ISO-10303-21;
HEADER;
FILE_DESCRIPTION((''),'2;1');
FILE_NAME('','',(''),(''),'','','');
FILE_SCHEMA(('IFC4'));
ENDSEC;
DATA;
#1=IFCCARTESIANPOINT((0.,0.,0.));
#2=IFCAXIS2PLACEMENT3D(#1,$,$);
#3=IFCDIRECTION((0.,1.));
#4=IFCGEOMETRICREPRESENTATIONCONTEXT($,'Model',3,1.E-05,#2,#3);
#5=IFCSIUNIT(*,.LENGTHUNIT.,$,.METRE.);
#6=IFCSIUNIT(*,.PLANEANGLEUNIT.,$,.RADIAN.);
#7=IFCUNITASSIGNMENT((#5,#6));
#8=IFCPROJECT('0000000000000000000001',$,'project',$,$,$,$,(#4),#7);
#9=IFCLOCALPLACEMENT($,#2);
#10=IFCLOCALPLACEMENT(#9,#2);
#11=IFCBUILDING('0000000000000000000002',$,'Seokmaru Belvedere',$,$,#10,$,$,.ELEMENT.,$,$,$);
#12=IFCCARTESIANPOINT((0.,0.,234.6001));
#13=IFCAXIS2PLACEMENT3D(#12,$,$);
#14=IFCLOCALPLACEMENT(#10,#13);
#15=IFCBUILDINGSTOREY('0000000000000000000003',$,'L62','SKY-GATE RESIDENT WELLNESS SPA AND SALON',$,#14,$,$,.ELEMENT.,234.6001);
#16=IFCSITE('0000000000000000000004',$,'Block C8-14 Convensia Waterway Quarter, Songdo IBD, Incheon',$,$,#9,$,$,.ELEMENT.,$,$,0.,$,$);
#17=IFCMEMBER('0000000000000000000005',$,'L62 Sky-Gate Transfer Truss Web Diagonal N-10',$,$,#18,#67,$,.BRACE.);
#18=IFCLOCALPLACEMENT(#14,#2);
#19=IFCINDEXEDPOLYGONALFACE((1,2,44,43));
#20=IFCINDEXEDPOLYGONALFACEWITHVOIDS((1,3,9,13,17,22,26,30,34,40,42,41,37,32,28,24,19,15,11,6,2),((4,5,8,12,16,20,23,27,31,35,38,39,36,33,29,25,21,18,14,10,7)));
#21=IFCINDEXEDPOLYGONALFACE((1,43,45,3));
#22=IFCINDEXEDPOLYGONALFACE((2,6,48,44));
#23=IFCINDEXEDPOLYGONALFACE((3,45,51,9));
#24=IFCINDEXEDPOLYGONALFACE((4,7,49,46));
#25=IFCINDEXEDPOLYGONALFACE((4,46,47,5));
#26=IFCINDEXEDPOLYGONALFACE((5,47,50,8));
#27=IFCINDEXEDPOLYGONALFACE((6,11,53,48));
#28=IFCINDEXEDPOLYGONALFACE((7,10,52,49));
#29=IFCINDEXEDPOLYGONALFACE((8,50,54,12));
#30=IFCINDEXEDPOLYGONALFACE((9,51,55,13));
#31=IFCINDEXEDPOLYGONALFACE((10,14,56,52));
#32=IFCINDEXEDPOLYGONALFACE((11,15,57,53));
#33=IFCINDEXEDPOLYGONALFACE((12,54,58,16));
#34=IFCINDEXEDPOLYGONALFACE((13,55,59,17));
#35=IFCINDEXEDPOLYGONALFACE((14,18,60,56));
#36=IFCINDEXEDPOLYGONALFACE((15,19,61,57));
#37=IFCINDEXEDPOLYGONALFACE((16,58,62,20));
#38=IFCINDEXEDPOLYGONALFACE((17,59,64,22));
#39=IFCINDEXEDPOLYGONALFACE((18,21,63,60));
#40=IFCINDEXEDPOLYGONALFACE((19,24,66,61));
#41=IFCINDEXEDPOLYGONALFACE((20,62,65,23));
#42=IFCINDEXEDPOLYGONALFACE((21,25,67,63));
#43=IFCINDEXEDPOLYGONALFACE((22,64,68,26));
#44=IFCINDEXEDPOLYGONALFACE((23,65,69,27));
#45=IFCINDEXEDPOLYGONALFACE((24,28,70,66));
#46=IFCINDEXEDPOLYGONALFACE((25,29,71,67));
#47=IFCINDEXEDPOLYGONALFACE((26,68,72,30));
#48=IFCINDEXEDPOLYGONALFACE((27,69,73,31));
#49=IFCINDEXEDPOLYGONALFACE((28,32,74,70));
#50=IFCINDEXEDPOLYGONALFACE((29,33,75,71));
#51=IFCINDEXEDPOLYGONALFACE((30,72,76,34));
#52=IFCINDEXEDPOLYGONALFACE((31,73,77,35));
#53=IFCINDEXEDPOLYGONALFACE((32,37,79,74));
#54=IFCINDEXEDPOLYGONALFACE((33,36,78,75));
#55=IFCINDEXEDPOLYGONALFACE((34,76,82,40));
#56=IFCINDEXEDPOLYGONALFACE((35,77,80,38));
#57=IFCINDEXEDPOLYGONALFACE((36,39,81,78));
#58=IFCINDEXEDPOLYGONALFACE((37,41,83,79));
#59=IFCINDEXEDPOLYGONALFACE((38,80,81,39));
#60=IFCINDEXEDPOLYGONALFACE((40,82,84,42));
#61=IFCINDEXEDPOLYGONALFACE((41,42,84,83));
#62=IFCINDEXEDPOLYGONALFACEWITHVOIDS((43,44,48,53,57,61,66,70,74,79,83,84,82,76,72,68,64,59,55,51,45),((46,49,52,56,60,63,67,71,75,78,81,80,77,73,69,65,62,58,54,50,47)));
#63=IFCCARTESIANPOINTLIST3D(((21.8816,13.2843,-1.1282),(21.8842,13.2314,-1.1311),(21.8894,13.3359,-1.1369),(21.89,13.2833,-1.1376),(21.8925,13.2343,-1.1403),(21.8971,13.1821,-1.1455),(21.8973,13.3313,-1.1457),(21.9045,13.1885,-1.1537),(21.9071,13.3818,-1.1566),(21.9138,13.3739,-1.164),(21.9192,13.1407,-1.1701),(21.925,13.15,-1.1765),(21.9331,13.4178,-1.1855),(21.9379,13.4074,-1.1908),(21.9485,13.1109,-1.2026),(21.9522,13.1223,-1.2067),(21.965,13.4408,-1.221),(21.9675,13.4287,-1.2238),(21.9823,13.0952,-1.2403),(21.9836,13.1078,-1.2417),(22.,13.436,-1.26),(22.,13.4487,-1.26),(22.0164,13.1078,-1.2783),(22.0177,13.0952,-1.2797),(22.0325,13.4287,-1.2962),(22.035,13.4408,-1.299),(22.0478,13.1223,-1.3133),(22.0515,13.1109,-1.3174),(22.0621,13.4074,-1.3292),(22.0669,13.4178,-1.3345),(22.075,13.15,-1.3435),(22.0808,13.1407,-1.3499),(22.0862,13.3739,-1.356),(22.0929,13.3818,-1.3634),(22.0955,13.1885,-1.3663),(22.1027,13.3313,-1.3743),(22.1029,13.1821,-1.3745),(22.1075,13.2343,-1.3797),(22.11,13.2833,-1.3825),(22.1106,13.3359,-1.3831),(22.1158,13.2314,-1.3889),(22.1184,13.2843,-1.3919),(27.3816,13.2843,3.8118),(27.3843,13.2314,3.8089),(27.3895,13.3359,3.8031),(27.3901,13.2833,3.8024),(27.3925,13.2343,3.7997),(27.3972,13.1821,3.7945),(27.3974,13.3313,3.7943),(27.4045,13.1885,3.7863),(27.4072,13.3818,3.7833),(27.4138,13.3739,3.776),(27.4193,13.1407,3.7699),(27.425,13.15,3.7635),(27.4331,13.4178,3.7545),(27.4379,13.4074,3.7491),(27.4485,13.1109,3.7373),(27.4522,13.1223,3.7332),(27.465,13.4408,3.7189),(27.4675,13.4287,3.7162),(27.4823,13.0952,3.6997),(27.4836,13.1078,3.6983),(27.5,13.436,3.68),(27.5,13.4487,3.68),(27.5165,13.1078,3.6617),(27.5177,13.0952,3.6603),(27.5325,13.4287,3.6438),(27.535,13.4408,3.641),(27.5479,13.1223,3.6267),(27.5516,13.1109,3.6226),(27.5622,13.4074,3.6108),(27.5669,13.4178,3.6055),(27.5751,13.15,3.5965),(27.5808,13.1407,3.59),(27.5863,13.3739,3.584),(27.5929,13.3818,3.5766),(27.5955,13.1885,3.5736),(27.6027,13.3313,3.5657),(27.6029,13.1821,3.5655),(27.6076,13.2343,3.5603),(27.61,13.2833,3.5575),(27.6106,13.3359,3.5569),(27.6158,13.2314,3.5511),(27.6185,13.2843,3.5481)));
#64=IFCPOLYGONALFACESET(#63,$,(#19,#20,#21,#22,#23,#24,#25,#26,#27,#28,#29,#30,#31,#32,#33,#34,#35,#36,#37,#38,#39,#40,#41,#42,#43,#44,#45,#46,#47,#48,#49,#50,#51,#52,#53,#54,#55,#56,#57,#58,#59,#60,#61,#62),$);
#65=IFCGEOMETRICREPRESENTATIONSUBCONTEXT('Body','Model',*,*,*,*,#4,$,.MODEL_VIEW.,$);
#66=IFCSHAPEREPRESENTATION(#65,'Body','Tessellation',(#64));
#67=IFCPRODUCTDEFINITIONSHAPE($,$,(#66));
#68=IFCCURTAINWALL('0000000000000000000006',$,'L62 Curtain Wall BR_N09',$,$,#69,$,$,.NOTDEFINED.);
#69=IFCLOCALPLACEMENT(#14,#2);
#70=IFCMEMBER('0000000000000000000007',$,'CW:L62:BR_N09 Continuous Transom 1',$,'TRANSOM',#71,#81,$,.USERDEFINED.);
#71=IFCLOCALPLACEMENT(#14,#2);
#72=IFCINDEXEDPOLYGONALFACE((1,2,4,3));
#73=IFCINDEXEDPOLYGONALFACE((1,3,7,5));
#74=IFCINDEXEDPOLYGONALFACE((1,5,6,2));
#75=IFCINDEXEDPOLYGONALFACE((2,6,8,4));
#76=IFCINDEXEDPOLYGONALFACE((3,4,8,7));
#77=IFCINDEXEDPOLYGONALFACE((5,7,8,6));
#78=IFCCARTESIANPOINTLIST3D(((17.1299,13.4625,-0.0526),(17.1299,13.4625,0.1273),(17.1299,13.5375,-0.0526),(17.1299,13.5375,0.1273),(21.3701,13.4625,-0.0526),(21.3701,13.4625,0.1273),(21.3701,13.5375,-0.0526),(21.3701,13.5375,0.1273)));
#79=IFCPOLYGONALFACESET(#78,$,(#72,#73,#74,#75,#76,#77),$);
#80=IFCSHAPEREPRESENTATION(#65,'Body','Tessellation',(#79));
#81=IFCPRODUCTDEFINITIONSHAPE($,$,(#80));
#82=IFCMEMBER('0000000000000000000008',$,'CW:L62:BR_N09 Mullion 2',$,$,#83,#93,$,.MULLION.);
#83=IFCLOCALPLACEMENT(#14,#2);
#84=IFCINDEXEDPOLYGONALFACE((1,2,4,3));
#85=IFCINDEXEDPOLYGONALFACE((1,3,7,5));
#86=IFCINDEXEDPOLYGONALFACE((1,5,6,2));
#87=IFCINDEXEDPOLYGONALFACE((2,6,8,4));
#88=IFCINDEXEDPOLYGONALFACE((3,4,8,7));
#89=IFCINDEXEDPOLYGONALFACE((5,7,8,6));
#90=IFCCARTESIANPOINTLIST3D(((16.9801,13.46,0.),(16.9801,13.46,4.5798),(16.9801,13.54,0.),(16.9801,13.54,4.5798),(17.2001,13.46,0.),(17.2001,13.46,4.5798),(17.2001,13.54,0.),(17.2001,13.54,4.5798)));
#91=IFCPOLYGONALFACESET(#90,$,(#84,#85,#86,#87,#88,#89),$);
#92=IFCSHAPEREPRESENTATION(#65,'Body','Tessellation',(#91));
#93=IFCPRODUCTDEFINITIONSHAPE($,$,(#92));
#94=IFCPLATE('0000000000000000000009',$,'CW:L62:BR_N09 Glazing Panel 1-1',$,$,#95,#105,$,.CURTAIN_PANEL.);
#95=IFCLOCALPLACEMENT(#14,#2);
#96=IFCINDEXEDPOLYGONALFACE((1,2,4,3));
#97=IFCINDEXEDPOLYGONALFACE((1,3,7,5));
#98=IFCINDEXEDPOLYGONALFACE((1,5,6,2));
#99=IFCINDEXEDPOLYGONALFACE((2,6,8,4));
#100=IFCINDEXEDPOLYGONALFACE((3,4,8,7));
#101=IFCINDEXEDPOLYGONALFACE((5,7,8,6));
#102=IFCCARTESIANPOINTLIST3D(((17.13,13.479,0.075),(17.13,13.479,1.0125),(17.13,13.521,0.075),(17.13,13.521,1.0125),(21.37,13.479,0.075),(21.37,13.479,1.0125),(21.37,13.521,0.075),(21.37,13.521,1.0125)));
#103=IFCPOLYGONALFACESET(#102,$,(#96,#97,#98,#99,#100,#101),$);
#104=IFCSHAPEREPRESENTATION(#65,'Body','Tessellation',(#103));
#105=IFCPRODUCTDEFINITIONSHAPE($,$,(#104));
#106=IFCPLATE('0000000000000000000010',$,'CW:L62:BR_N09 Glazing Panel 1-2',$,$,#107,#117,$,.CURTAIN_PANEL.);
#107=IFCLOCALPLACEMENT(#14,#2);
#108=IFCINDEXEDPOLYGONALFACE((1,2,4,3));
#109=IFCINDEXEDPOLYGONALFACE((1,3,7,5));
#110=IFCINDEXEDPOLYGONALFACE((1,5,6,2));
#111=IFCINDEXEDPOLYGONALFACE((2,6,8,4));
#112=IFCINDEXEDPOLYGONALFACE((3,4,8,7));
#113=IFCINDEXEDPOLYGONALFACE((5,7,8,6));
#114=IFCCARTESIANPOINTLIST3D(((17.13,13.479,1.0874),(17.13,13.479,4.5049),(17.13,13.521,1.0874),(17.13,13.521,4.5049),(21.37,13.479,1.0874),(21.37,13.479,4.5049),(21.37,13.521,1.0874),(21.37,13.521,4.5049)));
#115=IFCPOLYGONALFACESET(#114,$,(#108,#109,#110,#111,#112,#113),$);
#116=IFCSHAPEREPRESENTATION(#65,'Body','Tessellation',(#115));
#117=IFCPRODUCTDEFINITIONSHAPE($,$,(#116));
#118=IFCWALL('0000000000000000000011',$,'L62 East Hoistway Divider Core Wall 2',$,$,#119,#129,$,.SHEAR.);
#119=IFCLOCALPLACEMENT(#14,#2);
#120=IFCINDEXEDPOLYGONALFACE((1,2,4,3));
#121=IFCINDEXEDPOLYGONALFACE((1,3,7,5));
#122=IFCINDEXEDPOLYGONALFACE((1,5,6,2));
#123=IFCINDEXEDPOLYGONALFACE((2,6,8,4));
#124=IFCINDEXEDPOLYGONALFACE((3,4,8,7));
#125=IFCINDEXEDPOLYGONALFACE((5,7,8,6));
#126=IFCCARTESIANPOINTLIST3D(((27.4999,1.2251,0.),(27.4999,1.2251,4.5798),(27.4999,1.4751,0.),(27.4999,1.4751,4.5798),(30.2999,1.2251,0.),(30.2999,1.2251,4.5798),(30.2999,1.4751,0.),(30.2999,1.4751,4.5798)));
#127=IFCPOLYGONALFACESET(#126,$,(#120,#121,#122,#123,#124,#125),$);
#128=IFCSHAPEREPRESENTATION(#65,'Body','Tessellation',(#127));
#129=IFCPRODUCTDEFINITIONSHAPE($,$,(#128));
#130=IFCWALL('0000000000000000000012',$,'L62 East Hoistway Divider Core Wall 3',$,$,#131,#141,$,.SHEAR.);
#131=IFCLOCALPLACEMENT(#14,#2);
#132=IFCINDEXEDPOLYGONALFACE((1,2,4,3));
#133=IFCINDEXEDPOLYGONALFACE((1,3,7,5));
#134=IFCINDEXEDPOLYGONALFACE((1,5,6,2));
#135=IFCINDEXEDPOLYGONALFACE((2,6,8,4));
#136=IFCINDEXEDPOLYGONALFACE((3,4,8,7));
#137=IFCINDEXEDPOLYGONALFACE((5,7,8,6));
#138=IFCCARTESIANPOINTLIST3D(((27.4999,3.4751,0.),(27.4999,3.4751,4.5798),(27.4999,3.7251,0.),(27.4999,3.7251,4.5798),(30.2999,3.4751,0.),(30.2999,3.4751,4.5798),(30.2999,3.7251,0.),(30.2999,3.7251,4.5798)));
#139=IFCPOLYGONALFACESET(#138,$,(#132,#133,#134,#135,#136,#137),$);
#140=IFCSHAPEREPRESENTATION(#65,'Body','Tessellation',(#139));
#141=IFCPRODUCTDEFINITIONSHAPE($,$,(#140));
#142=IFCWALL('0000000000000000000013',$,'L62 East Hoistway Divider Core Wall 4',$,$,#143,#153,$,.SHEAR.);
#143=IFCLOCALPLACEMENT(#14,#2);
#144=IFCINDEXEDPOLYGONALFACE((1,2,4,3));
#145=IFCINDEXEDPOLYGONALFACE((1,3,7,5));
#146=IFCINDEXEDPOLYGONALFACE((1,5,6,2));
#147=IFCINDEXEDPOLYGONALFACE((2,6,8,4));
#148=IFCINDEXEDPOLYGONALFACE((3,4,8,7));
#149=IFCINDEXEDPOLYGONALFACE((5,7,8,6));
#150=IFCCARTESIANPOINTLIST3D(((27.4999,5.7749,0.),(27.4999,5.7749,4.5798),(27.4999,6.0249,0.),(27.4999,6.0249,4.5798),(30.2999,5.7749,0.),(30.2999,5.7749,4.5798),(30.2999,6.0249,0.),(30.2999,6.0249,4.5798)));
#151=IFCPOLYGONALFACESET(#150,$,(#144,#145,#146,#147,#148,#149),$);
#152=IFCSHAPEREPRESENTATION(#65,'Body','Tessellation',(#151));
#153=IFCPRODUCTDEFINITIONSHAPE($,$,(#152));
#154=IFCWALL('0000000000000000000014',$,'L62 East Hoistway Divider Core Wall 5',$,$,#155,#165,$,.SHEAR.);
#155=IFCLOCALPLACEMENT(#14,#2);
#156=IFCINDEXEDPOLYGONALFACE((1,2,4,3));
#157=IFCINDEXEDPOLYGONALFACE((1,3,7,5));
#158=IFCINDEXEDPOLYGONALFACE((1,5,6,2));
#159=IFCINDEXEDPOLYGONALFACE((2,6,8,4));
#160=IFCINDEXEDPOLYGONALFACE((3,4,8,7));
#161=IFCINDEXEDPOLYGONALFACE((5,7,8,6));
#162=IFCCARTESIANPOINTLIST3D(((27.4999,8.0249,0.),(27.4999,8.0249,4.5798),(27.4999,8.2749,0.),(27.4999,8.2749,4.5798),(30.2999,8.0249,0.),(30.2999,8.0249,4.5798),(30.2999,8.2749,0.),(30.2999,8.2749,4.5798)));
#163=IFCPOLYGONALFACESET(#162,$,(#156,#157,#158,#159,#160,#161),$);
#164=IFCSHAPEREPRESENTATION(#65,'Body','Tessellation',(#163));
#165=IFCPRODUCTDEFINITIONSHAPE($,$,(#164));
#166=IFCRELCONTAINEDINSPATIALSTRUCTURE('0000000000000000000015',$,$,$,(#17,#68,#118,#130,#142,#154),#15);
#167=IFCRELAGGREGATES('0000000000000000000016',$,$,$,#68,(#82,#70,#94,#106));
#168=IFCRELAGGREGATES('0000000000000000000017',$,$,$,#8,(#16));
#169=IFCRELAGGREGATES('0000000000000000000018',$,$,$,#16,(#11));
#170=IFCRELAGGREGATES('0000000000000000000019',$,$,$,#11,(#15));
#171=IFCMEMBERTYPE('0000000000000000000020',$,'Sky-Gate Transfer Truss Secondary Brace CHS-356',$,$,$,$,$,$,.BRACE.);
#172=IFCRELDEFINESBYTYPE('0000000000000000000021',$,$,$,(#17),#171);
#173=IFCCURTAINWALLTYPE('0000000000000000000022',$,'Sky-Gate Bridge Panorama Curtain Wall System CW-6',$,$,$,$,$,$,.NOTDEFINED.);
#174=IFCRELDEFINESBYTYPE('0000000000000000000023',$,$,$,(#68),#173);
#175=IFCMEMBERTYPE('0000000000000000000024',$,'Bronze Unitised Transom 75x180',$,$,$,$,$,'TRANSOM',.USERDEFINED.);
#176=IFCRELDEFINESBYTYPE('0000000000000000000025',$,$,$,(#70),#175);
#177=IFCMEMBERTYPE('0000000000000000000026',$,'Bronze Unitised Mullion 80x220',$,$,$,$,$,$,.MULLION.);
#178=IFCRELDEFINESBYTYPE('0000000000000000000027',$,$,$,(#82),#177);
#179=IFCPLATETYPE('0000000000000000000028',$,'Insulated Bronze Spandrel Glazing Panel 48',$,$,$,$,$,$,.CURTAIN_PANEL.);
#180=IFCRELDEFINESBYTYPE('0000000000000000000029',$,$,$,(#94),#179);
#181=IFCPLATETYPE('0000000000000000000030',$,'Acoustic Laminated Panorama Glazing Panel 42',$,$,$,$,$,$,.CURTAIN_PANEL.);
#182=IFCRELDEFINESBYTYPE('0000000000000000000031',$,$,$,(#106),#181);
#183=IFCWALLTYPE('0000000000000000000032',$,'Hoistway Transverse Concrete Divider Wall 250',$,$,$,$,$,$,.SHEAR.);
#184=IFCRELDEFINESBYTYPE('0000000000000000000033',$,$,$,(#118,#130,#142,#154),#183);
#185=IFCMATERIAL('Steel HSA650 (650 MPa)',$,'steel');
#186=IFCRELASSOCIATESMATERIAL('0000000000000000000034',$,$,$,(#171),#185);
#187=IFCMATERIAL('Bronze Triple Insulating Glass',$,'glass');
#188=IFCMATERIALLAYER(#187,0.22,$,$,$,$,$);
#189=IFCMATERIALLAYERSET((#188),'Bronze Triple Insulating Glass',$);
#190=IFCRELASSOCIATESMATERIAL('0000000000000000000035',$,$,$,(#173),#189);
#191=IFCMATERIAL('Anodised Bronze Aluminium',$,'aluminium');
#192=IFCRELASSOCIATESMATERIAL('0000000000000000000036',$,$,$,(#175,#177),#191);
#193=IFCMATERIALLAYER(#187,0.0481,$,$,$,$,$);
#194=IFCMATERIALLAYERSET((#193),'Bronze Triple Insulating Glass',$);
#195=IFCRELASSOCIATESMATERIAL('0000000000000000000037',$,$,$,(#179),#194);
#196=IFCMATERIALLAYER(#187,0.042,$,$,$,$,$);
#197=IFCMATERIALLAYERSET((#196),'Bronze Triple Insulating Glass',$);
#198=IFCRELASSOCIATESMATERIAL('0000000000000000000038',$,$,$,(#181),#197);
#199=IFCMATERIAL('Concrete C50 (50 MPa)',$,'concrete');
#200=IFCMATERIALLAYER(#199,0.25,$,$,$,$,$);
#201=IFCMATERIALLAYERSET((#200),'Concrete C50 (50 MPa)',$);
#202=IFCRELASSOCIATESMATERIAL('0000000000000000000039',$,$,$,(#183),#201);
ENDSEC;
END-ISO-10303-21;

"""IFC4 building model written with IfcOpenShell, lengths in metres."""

from ifc_helpers import new_model, si_unit, direction, frame, frame_2d, origin, origin_2d, place, context, subcontext, project, spatial, rectangle, hollow_circle, extrude, source, transform, mapped, material, layer, layer_set, material_profile, profile_set, type_object, type_shapes, element, aggregate, save


model = new_model("IFC4")

# Units and contexts
model_context = context("Model", 3, precision=1e-05, world=origin(), true_north=direction((0.0, 1.0)))
body_context = subcontext(model_context, "Body", "Model", "MODEL_VIEW")
ifc_project = project(units=[si_unit("LENGTHUNIT", "METRE"), si_unit("PLANEANGLEUNIT", "RADIAN")], contexts=[model_context])

# Site, building, storey
site_placement = place(None, origin())
site = spatial("IfcSite", under=ifc_project, at=site_placement, Name="Block C8-14 Convensia Waterway Quarter, Songdo IBD, Incheon", CompositionType="ELEMENT", RefElevation=0.0)
building_placement = place(site_placement, origin())
building = spatial("IfcBuilding", under=site, at=building_placement, Name="Seokmaru Belvedere", CompositionType="ELEMENT")
storey_placement = place(building_placement, frame((0.0, 0.0, 234.6001)))
storey = spatial("IfcBuildingStorey", under=building, at=storey_placement, Name="L62", Description="SKY-GATE RESIDENT WELLNESS SPA AND SALON", CompositionType="ELEMENT", Elevation=234.6001)

# Member
ifc_material_1 = material(Name="Steel HSA650 (650 MPa)", Category="steel")
ifc_material_profile_1 = material_profile(ifc_material_1, hollow_circle(Radius=0.1777, WallThickness=0.0127, at=origin_2d()), Name="CHS-355.6x12.7")
ifc_profile_set_1 = profile_set([ifc_material_profile_1], Name="Steel HSA650 (650 MPa)")
member_type_1 = type_object("IfcMemberType", Name="Sky-Gate Transfer Truss Secondary Brace CHS-356", PredefinedType="BRACE", material=ifc_profile_set_1)
shared_shape_1 = source(origin(), body_context, "Body", "SweptSolid", [
    extrude(hollow_circle(Radius=0.1777, WallThickness=0.0127, at=origin_2d()), origin(), (0.0, 0.0, 1.0), 7.3928),
])
type_shapes(member_type_1, [shared_shape_1])
member_1_placement = place(storey_placement, frame((22.0, 13.271, -1.26), z_axis=(0.74397, 0.0, 0.668213), x_axis=(0.0, 1.0, 0.0)))
element("IfcMember", 1, at=member_1_placement, inside=storey, type_object=member_type_1, Name="L62 Sky-Gate Transfer Truss Web Diagonal N-10", PredefinedType="BRACE", context=body_context, shape_type="MappedRepresentation", body=[
    mapped(shared_shape_1, transform((0.0, 0.0, 0.0), scale=1.0)),
])

# Curtain wall, members, plates
ifc_material_2 = material(Name="Bronze Triple Insulating Glass", Category="glass")
ifc_layer_1 = layer(ifc_material_2, 0.22)
ifc_layer_set_1 = layer_set([ifc_layer_1], Name="Bronze Triple Insulating Glass")
curtain_wall_type = type_object("IfcCurtainWallType", Name="Sky-Gate Bridge Panorama Curtain Wall System CW-6", PredefinedType="NOTDEFINED", material=ifc_layer_set_1)
curtain_wall_placement = place(storey_placement, origin())
curtain_wall = element("IfcCurtainWall", 2, at=curtain_wall_placement, inside=storey, type_object=curtain_wall_type, Name="L62 Curtain Wall BR_N09", PredefinedType="NOTDEFINED")
ifc_material_3 = material(Name="Anodised Bronze Aluminium", Category="aluminium")
ifc_material_profile_2 = material_profile(ifc_material_3, rectangle(XDim=0.075, YDim=0.1799, at=origin_2d()), Name="CW-T-75x180")
ifc_profile_set_2 = profile_set([ifc_material_profile_2], Name="Anodised Bronze Aluminium")
member_type_2 = type_object("IfcMemberType", Name="Bronze Unitised Transom 75x180", ElementType="TRANSOM", PredefinedType="USERDEFINED", material=ifc_profile_set_2)
shared_shape_2 = source(origin(), body_context, "Body", "SweptSolid", [
    extrude(rectangle(XDim=0.075, YDim=0.1799, at=origin_2d()), origin(), (0.0, 0.0, 1.0), 4.2402),
])
type_shapes(member_type_2, [shared_shape_2])
member_2_placement = place(storey_placement, frame((21.3701, 13.5, 0.0374), z_axis=(-1.0, 0.0, 0.0), x_axis=(0.0, -1.0, 0.0)))
member_2 = element("IfcMember", 3, at=member_2_placement, type_object=member_type_2, Name="CW:L62:BR_N09 Continuous Transom 1", ObjectType="TRANSOM", PredefinedType="USERDEFINED", context=body_context, shape_type="MappedRepresentation", body=[
    mapped(shared_shape_2, transform((0.0, 0.0, 0.0), scale=1.0)),
])
ifc_material_profile_3 = material_profile(ifc_material_3, rectangle(XDim=0.0801, YDim=0.22, at=origin_2d()), Name="CW-M-80x220")
ifc_profile_set_3 = profile_set([ifc_material_profile_3], Name="Anodised Bronze Aluminium")
member_type_3 = type_object("IfcMemberType", Name="Bronze Unitised Mullion 80x220", PredefinedType="MULLION", material=ifc_profile_set_3)
shared_shape_3 = source(origin(), body_context, "Body", "SweptSolid", [
    extrude(rectangle(XDim=0.0801, YDim=0.22, at=origin_2d()), origin(), (0.0, 0.0, 1.0), 4.5798),
])
type_shapes(member_type_3, [shared_shape_3])
member_3_placement = place(storey_placement, frame((17.0901, 13.5, 0.0), z_axis=(0.0, 0.0, 1.0), x_axis=(0.0, -1.0, 0.0)))
member_3 = element("IfcMember", 4, at=member_3_placement, type_object=member_type_3, Name="CW:L62:BR_N09 Mullion 2", PredefinedType="MULLION", context=body_context, shape_type="MappedRepresentation", body=[
    mapped(shared_shape_3, transform((0.0, 0.0, 0.0), scale=1.0)),
])
ifc_layer_2 = layer(ifc_material_2, 0.0481)
ifc_layer_set_2 = layer_set([ifc_layer_2], Name="Bronze Triple Insulating Glass")
plate_type_1 = type_object("IfcPlateType", Name="Insulated Bronze Spandrel Glazing Panel 48", PredefinedType="CURTAIN_PANEL", material=ifc_layer_set_2)
shared_shape_4 = source(origin(), body_context, "Body", "SweptSolid", [
    extrude(rectangle(XDim=4.24, YDim=0.042, at=origin_2d()), origin(), (0.0, 0.0, 1.0), 0.9375),
])
type_shapes(plate_type_1, [shared_shape_4])
plate_1_placement = place(storey_placement, frame((19.25, 13.5, 0.075), z_axis=(0.0, 0.0, 1.0), x_axis=(-1.0, 0.0, 0.0)))
plate_1 = element("IfcPlate", 5, at=plate_1_placement, type_object=plate_type_1, Name="CW:L62:BR_N09 Glazing Panel 1-1", PredefinedType="CURTAIN_PANEL", context=body_context, shape_type="MappedRepresentation", body=[
    mapped(shared_shape_4, transform((0.0, 0.0, 0.0), scale=1.0)),
])
ifc_layer_3 = layer(ifc_material_2, 0.042)
ifc_layer_set_3 = layer_set([ifc_layer_3], Name="Bronze Triple Insulating Glass")
plate_type_2 = type_object("IfcPlateType", Name="Acoustic Laminated Panorama Glazing Panel 42", PredefinedType="CURTAIN_PANEL", material=ifc_layer_set_3)
shared_shape_5 = source(origin(), body_context, "Body", "SweptSolid", [
    extrude(rectangle(XDim=4.24, YDim=0.042, at=origin_2d()), origin(), (0.0, 0.0, 1.0), 3.4175),
])
type_shapes(plate_type_2, [shared_shape_5])
plate_2_placement = place(storey_placement, frame((19.25, 13.5, 1.0874), z_axis=(0.0, 0.0, 1.0), x_axis=(-1.0, 0.0, 0.0)))
plate_2 = element("IfcPlate", 6, at=plate_2_placement, type_object=plate_type_2, Name="CW:L62:BR_N09 Glazing Panel 1-2", PredefinedType="CURTAIN_PANEL", context=body_context, shape_type="MappedRepresentation", body=[
    mapped(shared_shape_5, transform((0.0, 0.0, 0.0), scale=1.0)),
])
aggregate(curtain_wall, [member_3, member_2, plate_1, plate_2])

# Walls
ifc_material_4 = material(Name="Concrete C50 (50 MPa)", Category="concrete")
ifc_layer_4 = layer(ifc_material_4, 0.25)
ifc_layer_set_4 = layer_set([ifc_layer_4], Name="Concrete C50 (50 MPa)")
wall_type_1 = type_object("IfcWallType", Name="Hoistway Transverse Concrete Divider Wall 250", PredefinedType="SHEAR", material=ifc_layer_set_4)
for number, where, z_axis, x_axis, name in (
    (7, (27.5, 1.3501, 0.0), (0.0, 0.0, 1.0), (1.0, 0.0, 0.0), "L62 East Hoistway Divider Core Wall 2"),
    (8, (27.5, 3.6001, 0.0), (0.0, 0.0, 1.0), (1.0, 0.0, 0.0), "L62 East Hoistway Divider Core Wall 3"),
    (9, (27.5, 5.8999, 0.0), (0.0, 0.0, 1.0), (1.0, 0.0, 0.0), "L62 East Hoistway Divider Core Wall 4"),
    (10, (27.5, 8.1499, 0.0), (0.0, 0.0, 1.0), (1.0, 0.0, 0.0), "L62 East Hoistway Divider Core Wall 5"),
):
    element("IfcWall", number, at=place(storey_placement, frame(where, z_axis=z_axis, x_axis=x_axis)), inside=storey, type_object=wall_type_1, Name=name, PredefinedType="SHEAR", context=body_context, shape_type="SweptSolid", body=[
        extrude(rectangle(XDim=2.8, YDim=0.25, at=frame_2d((1.3999, 0.0))), origin(), (0.0, 0.0, 1.0), 4.5798),
    ])

save(model, "model.ifc")
